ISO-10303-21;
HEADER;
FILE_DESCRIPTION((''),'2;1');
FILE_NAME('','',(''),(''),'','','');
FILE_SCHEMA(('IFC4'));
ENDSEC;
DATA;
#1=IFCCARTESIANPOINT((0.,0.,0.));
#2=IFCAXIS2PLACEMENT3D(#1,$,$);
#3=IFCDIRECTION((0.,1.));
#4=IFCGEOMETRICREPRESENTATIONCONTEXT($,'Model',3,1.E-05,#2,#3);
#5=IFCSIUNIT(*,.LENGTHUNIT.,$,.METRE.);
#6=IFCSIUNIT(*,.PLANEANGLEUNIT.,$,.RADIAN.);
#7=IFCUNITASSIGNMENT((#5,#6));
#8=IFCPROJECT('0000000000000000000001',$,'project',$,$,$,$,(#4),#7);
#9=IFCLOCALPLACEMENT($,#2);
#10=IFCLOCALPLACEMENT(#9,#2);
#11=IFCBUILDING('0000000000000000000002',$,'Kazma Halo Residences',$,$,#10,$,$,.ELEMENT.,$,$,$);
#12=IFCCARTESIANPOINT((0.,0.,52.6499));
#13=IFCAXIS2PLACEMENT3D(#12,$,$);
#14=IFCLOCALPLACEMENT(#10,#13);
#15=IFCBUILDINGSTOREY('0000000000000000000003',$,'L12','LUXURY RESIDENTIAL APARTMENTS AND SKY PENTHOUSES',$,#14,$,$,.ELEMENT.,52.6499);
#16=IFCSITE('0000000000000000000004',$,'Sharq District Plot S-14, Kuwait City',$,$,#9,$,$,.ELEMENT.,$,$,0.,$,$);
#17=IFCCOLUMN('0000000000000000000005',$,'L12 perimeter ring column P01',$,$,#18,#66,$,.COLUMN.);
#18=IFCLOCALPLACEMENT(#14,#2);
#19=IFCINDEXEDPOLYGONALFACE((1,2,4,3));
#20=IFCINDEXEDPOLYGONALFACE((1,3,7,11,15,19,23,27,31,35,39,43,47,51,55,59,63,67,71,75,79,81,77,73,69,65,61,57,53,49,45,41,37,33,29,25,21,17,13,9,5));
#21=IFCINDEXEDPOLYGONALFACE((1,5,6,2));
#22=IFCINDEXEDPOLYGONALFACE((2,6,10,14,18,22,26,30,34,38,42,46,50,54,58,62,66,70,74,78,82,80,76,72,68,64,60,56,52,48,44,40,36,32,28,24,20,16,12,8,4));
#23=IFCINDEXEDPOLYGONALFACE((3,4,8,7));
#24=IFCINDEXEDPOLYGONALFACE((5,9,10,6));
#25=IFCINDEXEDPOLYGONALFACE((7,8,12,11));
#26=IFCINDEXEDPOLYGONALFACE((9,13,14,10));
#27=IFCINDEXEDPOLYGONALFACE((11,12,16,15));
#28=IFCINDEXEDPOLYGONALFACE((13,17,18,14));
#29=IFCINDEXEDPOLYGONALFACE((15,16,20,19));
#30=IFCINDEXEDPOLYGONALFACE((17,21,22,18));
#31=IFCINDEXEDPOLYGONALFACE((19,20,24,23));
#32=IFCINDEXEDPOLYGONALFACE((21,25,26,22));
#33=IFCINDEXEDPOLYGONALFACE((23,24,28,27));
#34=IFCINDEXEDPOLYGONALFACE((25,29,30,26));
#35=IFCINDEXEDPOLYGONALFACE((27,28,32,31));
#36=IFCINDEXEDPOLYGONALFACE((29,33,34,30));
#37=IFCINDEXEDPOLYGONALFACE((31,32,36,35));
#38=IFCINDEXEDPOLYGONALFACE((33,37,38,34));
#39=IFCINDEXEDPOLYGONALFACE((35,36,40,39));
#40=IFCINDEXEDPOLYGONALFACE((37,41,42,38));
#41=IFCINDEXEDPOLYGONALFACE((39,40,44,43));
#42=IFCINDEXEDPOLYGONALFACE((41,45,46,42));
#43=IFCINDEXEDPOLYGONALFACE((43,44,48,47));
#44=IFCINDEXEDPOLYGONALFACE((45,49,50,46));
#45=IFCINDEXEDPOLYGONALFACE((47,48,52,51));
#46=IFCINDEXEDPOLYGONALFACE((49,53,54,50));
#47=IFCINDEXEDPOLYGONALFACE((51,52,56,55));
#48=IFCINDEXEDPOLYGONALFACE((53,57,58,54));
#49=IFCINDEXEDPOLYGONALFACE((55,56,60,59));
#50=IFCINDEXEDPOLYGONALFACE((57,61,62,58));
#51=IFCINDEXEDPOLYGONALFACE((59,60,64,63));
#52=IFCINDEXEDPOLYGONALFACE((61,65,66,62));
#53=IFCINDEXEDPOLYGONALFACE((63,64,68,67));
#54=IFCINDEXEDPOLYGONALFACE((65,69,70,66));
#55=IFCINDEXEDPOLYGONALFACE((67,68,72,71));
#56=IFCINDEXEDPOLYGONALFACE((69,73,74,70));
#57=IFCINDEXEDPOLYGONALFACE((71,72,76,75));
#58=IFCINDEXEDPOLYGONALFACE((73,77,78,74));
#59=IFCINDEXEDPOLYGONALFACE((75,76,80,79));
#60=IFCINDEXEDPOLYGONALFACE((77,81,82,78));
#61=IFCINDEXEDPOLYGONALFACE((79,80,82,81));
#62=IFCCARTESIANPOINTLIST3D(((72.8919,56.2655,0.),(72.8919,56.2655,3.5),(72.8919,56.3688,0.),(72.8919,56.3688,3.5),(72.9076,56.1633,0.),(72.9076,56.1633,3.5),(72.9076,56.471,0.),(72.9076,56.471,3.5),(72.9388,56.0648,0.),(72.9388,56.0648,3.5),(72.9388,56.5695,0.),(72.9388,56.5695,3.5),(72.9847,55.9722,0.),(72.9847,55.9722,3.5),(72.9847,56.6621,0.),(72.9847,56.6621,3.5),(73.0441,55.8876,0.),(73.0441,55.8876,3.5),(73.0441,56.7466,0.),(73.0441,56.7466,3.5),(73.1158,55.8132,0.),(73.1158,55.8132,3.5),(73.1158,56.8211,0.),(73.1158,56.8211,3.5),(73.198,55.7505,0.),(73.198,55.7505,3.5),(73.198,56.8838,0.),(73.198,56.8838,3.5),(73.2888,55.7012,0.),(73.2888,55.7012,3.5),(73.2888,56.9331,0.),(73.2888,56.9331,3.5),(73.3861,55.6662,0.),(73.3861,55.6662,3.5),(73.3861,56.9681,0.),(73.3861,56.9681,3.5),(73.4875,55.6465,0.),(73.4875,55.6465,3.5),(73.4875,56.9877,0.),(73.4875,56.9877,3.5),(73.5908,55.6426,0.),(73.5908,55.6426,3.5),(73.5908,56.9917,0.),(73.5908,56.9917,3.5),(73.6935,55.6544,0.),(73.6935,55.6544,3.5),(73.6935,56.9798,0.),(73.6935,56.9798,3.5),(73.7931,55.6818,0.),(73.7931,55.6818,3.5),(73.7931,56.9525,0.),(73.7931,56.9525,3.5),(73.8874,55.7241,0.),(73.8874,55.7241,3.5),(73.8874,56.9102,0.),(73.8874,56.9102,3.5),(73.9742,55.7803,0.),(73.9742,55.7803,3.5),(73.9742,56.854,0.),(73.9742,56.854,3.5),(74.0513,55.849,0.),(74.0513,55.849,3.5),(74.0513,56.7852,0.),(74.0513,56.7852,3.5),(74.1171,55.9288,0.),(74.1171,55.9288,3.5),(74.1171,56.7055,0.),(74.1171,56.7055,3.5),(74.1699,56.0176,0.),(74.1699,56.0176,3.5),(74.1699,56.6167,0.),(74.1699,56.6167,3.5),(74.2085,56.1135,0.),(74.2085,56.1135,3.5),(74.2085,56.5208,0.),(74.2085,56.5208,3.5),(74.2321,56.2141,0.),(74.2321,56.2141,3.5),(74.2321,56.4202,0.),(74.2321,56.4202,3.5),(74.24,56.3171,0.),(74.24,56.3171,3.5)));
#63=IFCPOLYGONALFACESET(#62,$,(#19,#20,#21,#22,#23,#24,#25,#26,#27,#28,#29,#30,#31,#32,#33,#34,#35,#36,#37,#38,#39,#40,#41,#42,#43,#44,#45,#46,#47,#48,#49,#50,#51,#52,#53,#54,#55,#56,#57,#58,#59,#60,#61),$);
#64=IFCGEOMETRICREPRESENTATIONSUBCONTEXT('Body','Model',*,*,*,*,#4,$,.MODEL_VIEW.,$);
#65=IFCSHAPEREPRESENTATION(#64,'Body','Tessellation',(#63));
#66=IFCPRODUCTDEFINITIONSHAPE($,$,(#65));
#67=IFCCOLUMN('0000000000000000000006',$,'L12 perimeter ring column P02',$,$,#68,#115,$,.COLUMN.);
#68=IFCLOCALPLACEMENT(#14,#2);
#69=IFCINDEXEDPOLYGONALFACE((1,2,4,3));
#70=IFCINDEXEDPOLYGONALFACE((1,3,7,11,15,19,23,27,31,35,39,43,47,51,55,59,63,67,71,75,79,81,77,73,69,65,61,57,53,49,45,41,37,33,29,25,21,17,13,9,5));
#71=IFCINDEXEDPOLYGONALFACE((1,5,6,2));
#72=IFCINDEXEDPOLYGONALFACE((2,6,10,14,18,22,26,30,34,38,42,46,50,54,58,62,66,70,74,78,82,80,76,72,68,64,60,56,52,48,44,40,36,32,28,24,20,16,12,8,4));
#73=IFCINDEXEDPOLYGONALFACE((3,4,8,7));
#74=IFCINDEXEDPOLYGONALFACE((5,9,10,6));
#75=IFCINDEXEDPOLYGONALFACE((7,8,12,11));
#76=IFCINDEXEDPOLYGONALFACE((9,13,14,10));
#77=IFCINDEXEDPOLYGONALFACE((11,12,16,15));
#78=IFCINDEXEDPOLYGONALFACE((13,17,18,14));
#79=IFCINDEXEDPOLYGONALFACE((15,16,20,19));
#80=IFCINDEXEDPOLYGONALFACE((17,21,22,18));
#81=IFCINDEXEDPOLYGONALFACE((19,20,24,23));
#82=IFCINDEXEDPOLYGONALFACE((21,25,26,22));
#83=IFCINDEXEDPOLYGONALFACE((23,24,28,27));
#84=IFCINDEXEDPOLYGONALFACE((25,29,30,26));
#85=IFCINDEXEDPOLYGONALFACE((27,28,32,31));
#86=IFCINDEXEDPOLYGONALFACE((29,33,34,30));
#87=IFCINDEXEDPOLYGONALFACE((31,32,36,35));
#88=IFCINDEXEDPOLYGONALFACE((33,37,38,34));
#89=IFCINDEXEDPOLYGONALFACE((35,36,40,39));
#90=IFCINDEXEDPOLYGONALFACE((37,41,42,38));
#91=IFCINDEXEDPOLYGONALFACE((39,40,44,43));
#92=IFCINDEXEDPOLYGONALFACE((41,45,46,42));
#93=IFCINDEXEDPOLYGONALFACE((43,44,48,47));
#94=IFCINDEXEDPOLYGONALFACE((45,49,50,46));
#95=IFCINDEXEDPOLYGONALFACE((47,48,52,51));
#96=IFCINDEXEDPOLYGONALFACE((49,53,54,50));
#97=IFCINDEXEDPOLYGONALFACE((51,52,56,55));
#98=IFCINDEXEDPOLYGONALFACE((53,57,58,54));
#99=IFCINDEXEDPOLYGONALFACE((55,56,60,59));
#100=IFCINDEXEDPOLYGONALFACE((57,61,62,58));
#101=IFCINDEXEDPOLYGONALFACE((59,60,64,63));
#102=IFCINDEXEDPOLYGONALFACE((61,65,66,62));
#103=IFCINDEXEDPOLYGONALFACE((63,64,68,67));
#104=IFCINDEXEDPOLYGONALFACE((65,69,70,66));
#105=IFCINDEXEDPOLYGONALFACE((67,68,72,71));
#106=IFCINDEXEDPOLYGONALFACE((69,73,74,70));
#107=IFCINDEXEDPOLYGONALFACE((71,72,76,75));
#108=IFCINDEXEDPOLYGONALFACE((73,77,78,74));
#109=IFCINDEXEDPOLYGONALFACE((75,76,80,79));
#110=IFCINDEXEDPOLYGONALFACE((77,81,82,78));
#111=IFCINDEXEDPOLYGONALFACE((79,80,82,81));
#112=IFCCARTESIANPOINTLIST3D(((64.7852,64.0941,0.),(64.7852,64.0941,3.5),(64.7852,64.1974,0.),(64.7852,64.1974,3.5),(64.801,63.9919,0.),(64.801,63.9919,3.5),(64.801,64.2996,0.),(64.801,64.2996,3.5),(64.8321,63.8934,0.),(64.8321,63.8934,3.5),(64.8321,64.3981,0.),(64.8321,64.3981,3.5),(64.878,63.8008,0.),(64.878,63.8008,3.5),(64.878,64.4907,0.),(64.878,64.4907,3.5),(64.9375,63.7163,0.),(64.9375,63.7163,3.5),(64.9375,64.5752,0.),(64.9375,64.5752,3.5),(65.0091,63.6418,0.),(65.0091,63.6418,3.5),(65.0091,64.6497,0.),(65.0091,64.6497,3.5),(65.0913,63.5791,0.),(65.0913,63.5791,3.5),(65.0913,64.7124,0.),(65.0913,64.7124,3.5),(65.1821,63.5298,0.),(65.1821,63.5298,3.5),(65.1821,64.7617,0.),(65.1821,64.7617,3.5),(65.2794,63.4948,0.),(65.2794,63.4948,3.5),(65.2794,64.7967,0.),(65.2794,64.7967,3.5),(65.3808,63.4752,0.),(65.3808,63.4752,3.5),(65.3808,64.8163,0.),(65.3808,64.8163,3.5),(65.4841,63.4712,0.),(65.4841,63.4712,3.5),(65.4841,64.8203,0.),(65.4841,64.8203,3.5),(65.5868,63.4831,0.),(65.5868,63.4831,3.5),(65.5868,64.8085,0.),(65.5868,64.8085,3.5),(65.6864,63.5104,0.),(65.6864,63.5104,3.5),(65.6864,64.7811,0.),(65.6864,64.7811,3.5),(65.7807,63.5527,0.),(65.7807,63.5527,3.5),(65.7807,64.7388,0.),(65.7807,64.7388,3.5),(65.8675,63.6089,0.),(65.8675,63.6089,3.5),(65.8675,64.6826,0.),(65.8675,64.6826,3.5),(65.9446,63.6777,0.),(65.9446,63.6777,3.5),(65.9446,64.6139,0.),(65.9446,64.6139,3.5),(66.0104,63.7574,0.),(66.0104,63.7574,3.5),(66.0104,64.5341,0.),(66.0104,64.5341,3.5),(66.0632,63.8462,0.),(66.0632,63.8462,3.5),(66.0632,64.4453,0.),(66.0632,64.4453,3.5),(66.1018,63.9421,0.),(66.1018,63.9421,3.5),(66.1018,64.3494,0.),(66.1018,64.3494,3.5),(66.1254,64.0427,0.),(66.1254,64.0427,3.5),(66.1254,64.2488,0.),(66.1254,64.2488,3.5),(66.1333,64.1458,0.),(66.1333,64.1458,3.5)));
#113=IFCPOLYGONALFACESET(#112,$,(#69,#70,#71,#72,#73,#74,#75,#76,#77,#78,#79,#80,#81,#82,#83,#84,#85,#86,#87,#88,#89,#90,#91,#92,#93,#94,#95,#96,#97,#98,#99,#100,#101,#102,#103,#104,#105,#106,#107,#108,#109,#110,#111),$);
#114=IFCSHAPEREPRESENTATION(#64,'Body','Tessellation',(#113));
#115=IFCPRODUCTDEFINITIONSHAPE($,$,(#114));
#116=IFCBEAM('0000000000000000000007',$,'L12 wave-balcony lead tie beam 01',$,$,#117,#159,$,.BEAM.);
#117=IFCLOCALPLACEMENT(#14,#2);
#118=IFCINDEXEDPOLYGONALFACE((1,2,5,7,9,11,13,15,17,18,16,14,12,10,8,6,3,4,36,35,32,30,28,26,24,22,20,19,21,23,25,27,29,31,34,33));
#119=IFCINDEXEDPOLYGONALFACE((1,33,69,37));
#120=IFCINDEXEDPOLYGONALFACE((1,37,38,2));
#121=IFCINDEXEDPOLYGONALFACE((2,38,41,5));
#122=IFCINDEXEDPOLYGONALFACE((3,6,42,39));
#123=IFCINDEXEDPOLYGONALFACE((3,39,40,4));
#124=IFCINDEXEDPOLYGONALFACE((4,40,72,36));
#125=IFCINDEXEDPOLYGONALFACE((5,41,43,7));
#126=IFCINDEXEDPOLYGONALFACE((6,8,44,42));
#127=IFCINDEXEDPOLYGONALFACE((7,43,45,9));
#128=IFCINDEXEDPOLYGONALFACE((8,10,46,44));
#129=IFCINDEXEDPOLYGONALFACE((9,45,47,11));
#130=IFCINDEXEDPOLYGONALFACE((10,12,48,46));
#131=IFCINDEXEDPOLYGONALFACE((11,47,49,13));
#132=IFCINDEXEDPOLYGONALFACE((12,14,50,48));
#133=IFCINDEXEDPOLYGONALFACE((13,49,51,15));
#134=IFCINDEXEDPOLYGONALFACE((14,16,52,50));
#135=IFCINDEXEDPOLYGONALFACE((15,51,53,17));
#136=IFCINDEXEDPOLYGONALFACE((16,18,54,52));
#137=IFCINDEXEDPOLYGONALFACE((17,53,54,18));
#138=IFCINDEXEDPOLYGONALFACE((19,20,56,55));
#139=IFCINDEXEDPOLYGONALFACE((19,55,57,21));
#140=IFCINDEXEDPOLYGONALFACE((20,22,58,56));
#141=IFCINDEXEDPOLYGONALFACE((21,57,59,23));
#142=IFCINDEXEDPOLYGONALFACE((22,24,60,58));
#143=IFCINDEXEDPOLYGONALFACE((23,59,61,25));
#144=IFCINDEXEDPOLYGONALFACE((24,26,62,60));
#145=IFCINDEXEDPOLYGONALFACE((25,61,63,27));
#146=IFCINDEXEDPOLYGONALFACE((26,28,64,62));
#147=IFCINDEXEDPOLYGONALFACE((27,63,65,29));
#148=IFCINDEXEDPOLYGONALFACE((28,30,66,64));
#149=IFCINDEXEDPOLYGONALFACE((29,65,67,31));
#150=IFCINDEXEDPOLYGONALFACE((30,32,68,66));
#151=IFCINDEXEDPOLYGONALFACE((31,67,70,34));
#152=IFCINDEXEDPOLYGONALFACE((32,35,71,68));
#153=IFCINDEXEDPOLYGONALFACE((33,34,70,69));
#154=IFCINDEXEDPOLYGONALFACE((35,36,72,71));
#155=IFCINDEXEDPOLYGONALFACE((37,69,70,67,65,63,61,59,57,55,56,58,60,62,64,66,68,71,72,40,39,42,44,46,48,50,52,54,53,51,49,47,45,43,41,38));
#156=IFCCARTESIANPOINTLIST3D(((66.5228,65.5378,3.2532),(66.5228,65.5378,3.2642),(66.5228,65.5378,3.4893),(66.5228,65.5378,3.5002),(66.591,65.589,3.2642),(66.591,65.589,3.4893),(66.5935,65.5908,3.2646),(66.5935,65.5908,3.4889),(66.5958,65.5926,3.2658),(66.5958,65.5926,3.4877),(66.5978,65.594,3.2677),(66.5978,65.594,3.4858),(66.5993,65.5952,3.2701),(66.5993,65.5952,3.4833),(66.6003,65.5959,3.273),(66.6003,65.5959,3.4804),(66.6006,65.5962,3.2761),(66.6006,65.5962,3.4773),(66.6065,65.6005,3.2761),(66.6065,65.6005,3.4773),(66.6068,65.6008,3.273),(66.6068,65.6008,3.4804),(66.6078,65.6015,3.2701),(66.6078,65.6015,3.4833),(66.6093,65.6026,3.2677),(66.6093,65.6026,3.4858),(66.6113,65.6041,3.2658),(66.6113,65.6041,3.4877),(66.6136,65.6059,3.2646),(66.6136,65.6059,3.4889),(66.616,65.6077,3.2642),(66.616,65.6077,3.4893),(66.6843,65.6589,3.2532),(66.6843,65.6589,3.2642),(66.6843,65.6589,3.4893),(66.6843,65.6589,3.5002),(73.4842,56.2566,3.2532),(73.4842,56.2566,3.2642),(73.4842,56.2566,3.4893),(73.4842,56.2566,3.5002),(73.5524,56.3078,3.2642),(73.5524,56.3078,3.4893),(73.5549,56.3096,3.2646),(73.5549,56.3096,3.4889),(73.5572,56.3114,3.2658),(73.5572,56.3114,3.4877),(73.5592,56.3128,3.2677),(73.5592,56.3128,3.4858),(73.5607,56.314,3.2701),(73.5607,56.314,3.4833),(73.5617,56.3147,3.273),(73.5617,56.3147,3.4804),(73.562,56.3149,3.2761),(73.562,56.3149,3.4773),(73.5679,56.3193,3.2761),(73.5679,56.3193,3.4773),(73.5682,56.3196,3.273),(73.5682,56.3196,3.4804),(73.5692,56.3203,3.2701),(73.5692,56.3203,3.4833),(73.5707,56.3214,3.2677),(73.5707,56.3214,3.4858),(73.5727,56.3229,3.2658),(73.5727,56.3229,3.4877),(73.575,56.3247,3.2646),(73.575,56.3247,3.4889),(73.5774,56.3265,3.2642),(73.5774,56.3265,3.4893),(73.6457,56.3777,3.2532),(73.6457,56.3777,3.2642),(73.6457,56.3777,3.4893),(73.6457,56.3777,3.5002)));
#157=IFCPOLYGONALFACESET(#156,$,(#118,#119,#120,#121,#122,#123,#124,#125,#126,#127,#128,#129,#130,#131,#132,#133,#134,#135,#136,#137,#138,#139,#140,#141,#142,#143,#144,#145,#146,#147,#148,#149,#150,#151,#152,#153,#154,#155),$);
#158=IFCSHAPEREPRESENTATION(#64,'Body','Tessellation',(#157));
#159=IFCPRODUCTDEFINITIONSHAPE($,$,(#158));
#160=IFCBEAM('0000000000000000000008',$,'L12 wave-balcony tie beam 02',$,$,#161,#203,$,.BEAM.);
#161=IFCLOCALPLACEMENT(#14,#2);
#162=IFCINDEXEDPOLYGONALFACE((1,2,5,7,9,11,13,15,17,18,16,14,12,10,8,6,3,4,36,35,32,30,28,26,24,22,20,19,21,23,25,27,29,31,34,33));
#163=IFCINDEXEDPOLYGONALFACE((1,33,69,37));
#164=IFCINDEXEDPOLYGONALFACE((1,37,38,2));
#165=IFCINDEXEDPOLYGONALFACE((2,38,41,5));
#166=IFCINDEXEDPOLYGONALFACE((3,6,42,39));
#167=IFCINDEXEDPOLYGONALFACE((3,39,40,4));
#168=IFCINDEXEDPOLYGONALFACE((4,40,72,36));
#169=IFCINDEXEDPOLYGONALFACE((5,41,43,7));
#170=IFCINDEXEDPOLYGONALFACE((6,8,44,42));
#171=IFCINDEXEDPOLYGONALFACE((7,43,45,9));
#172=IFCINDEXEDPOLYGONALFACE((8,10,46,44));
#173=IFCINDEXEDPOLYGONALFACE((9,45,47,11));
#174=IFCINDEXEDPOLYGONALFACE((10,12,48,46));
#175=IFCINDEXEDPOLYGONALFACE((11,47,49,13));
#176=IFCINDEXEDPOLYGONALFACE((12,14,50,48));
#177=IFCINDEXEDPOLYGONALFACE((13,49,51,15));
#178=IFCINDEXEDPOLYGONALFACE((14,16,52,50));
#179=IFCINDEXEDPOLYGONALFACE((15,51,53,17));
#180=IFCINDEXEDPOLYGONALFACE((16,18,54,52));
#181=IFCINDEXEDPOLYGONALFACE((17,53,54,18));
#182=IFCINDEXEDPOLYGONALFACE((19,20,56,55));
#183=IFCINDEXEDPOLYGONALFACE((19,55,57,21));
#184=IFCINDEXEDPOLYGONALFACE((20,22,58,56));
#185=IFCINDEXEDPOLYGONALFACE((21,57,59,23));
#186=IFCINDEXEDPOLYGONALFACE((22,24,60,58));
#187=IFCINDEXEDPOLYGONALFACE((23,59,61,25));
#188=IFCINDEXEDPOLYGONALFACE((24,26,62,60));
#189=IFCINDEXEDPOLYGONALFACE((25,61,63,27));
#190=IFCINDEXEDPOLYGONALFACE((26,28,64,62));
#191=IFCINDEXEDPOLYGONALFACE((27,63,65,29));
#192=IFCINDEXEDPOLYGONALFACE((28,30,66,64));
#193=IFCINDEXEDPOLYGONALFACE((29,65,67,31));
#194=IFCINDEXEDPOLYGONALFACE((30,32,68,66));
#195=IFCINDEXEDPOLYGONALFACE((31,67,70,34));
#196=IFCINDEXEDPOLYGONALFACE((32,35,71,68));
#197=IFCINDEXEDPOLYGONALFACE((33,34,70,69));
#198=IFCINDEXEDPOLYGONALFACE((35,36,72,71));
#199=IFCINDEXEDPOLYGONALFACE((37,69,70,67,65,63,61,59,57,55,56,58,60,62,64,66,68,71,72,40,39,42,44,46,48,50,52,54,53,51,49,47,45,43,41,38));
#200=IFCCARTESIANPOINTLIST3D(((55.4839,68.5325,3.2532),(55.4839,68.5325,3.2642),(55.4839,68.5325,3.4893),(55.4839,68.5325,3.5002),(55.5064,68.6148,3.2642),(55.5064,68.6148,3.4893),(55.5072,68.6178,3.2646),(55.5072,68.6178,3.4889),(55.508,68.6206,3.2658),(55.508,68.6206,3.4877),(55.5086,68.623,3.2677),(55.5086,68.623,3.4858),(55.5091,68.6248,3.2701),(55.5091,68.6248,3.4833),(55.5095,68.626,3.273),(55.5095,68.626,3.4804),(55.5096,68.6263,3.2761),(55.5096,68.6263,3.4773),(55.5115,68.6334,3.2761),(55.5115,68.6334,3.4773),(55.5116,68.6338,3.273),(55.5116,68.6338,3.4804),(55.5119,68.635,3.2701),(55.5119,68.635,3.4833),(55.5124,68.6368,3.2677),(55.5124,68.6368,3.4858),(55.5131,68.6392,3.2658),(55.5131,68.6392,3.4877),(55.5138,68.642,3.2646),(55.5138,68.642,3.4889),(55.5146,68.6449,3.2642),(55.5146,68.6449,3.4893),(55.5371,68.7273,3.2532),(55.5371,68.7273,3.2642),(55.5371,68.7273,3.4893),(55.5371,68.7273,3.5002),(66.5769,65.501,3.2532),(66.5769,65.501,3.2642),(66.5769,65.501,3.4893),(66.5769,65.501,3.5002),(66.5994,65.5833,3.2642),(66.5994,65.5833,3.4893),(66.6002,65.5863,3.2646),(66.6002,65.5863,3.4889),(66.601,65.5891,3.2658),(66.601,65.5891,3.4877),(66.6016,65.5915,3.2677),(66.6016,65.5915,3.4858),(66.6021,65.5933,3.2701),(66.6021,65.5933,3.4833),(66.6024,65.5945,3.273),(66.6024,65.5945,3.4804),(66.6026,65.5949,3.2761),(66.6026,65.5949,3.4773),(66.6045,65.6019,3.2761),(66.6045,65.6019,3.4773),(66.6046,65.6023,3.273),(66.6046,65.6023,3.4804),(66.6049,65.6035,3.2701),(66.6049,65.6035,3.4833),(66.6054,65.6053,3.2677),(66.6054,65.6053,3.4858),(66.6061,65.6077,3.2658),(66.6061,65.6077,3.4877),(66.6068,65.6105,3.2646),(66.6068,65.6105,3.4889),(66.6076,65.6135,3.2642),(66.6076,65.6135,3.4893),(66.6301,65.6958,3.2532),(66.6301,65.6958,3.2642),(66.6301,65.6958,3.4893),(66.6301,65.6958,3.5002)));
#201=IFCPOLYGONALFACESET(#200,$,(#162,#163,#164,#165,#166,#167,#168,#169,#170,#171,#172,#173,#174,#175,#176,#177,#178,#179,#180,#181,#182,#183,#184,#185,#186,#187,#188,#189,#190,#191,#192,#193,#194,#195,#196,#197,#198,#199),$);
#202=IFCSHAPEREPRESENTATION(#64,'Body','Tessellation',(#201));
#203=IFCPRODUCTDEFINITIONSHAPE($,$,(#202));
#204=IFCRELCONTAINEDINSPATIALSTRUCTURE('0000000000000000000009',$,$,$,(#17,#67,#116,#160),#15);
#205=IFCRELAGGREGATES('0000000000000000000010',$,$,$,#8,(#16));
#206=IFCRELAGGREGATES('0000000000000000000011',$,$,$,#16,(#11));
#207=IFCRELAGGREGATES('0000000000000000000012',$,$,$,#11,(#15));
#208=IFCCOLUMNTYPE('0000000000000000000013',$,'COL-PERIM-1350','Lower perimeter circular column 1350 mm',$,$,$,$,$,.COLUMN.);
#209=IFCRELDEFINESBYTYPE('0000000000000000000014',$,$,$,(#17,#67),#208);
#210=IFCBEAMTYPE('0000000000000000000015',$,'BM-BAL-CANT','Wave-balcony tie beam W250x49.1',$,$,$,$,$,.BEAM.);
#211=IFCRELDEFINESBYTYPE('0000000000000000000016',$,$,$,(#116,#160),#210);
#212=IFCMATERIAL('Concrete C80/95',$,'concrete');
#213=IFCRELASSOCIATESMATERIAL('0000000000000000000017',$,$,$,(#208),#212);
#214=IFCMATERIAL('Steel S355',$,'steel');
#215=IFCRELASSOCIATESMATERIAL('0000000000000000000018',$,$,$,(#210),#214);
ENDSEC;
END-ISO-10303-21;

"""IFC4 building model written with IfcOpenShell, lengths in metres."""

from ifc_helpers import new_model, si_unit, direction, frame, origin, origin_2d, place, context, subcontext, project, spatial, circle, i_section, extrude, material, material_profile, profile_set, type_object, element, save


model = new_model("IFC4")

# Units and contexts
model_context = context("Model", 3, precision=1e-05, world=origin(), true_north=direction((0.0, 1.0)))
body_context = subcontext(model_context, "Body", "Model", "MODEL_VIEW")
ifc_project = project(units=[si_unit("LENGTHUNIT", "METRE"), si_unit("PLANEANGLEUNIT", "RADIAN")], contexts=[model_context])

# Site, building, storey
site_placement = place(None, origin())
site = spatial("IfcSite", under=ifc_project, at=site_placement, Name="Sharq District Plot S-14, Kuwait City", CompositionType="ELEMENT", RefElevation=0.0)
building_placement = place(site_placement, origin())
building = spatial("IfcBuilding", under=site, at=building_placement, Name="Kazma Halo Residences", CompositionType="ELEMENT")
storey_placement = place(building_placement, frame((0.0, 0.0, 52.6499)))
storey = spatial("IfcBuildingStorey", under=building, at=storey_placement, Name="L12", Description="LUXURY RESIDENTIAL APARTMENTS AND SKY PENTHOUSES", CompositionType="ELEMENT", Elevation=52.6499)

# Columns
ifc_material_1 = material(Name="Concrete C80/95", Category="concrete")
ifc_material_profile_1 = material_profile(ifc_material_1, circle(Radius=0.675, at=origin_2d()), Name="CIRC1350")
ifc_profile_set_1 = profile_set([ifc_material_profile_1], Name="Concrete C80/95")
column_type = type_object("IfcColumnType", Name="COL-PERIM-1350", Description="Lower perimeter circular column 1350 mm", PredefinedType="COLUMN", material=ifc_profile_set_1)
for number, where, z_axis, x_axis, name in (
    (1, (73.5649, 56.3171, 0.0), (0.0, 0.0, 1.0), (1.0, 0.0, 0.0), "L12 perimeter ring column P01"),
    (2, (65.4583, 64.1458, 0.0), (0.0, 0.0, 1.0), (1.0, 0.0, 0.0), "L12 perimeter ring column P02"),
):
    element("IfcColumn", number, at=place(storey_placement, frame(where, z_axis=z_axis, x_axis=x_axis)), inside=storey, type_object=column_type, Name=name, PredefinedType="COLUMN", context=body_context, shape_type="SweptSolid", body=[
        extrude(circle(Radius=0.675, at=origin_2d()), origin(), (0.0, 0.0, 1.0), 3.5),
    ])

# Beams
ifc_material_2 = material(Name="Steel S355", Category="steel")
ifc_material_profile_2 = material_profile(ifc_material_2, i_section(OverallWidth=0.2019, OverallDepth=0.2471, WebThickness=0.0073, FlangeThickness=0.011, FilletRadius=0.012, at=origin_2d()), Name="W250x49.1")
ifc_profile_set_2 = profile_set([ifc_material_profile_2], Name="Steel S355")
beam_type_1 = type_object("IfcBeamType", Name="BM-BAL-CANT", Description="Wave-balcony tie beam W250x49.1", PredefinedType="BEAM", material=ifc_profile_set_2)
beam_1_placement = place(storey_placement, frame((73.5649, 56.3171, 3.3767), z_axis=(-0.600027, 0.79998, 0.0), x_axis=(-0.79998, -0.600027, 0.0)))
element("IfcBeam", 3, at=beam_1_placement, inside=storey, type_object=beam_type_1, Name="L12 wave-balcony lead tie beam 01", PredefinedType="BEAM", context=body_context, shape_type="SweptSolid", body=[
    extrude(i_section(OverallWidth=0.2019, OverallDepth=0.2471, WebThickness=0.0073, FlangeThickness=0.011, FilletRadius=0.012, at=origin_2d()), origin(), (0.0, 0.0, 1.0), 11.6018),
])
beam_2_placement = place(storey_placement, frame((66.6035, 65.5984, 3.3767), z_axis=(-0.964628, 0.263613, 0.0), x_axis=(-0.263613, -0.964628, 0.0)))
element("IfcBeam", 4, at=beam_2_placement, inside=storey, type_object=beam_type_1, Name="L12 wave-balcony tie beam 02", PredefinedType="BEAM", context=body_context, shape_type="SweptSolid", body=[
    extrude(i_section(OverallWidth=0.2019, OverallDepth=0.2471, WebThickness=0.0073, FlangeThickness=0.011, FilletRadius=0.012, at=origin_2d()), origin(), (0.0, 0.0, 1.0), 11.4998),
])

save(model, "model.ifc")
